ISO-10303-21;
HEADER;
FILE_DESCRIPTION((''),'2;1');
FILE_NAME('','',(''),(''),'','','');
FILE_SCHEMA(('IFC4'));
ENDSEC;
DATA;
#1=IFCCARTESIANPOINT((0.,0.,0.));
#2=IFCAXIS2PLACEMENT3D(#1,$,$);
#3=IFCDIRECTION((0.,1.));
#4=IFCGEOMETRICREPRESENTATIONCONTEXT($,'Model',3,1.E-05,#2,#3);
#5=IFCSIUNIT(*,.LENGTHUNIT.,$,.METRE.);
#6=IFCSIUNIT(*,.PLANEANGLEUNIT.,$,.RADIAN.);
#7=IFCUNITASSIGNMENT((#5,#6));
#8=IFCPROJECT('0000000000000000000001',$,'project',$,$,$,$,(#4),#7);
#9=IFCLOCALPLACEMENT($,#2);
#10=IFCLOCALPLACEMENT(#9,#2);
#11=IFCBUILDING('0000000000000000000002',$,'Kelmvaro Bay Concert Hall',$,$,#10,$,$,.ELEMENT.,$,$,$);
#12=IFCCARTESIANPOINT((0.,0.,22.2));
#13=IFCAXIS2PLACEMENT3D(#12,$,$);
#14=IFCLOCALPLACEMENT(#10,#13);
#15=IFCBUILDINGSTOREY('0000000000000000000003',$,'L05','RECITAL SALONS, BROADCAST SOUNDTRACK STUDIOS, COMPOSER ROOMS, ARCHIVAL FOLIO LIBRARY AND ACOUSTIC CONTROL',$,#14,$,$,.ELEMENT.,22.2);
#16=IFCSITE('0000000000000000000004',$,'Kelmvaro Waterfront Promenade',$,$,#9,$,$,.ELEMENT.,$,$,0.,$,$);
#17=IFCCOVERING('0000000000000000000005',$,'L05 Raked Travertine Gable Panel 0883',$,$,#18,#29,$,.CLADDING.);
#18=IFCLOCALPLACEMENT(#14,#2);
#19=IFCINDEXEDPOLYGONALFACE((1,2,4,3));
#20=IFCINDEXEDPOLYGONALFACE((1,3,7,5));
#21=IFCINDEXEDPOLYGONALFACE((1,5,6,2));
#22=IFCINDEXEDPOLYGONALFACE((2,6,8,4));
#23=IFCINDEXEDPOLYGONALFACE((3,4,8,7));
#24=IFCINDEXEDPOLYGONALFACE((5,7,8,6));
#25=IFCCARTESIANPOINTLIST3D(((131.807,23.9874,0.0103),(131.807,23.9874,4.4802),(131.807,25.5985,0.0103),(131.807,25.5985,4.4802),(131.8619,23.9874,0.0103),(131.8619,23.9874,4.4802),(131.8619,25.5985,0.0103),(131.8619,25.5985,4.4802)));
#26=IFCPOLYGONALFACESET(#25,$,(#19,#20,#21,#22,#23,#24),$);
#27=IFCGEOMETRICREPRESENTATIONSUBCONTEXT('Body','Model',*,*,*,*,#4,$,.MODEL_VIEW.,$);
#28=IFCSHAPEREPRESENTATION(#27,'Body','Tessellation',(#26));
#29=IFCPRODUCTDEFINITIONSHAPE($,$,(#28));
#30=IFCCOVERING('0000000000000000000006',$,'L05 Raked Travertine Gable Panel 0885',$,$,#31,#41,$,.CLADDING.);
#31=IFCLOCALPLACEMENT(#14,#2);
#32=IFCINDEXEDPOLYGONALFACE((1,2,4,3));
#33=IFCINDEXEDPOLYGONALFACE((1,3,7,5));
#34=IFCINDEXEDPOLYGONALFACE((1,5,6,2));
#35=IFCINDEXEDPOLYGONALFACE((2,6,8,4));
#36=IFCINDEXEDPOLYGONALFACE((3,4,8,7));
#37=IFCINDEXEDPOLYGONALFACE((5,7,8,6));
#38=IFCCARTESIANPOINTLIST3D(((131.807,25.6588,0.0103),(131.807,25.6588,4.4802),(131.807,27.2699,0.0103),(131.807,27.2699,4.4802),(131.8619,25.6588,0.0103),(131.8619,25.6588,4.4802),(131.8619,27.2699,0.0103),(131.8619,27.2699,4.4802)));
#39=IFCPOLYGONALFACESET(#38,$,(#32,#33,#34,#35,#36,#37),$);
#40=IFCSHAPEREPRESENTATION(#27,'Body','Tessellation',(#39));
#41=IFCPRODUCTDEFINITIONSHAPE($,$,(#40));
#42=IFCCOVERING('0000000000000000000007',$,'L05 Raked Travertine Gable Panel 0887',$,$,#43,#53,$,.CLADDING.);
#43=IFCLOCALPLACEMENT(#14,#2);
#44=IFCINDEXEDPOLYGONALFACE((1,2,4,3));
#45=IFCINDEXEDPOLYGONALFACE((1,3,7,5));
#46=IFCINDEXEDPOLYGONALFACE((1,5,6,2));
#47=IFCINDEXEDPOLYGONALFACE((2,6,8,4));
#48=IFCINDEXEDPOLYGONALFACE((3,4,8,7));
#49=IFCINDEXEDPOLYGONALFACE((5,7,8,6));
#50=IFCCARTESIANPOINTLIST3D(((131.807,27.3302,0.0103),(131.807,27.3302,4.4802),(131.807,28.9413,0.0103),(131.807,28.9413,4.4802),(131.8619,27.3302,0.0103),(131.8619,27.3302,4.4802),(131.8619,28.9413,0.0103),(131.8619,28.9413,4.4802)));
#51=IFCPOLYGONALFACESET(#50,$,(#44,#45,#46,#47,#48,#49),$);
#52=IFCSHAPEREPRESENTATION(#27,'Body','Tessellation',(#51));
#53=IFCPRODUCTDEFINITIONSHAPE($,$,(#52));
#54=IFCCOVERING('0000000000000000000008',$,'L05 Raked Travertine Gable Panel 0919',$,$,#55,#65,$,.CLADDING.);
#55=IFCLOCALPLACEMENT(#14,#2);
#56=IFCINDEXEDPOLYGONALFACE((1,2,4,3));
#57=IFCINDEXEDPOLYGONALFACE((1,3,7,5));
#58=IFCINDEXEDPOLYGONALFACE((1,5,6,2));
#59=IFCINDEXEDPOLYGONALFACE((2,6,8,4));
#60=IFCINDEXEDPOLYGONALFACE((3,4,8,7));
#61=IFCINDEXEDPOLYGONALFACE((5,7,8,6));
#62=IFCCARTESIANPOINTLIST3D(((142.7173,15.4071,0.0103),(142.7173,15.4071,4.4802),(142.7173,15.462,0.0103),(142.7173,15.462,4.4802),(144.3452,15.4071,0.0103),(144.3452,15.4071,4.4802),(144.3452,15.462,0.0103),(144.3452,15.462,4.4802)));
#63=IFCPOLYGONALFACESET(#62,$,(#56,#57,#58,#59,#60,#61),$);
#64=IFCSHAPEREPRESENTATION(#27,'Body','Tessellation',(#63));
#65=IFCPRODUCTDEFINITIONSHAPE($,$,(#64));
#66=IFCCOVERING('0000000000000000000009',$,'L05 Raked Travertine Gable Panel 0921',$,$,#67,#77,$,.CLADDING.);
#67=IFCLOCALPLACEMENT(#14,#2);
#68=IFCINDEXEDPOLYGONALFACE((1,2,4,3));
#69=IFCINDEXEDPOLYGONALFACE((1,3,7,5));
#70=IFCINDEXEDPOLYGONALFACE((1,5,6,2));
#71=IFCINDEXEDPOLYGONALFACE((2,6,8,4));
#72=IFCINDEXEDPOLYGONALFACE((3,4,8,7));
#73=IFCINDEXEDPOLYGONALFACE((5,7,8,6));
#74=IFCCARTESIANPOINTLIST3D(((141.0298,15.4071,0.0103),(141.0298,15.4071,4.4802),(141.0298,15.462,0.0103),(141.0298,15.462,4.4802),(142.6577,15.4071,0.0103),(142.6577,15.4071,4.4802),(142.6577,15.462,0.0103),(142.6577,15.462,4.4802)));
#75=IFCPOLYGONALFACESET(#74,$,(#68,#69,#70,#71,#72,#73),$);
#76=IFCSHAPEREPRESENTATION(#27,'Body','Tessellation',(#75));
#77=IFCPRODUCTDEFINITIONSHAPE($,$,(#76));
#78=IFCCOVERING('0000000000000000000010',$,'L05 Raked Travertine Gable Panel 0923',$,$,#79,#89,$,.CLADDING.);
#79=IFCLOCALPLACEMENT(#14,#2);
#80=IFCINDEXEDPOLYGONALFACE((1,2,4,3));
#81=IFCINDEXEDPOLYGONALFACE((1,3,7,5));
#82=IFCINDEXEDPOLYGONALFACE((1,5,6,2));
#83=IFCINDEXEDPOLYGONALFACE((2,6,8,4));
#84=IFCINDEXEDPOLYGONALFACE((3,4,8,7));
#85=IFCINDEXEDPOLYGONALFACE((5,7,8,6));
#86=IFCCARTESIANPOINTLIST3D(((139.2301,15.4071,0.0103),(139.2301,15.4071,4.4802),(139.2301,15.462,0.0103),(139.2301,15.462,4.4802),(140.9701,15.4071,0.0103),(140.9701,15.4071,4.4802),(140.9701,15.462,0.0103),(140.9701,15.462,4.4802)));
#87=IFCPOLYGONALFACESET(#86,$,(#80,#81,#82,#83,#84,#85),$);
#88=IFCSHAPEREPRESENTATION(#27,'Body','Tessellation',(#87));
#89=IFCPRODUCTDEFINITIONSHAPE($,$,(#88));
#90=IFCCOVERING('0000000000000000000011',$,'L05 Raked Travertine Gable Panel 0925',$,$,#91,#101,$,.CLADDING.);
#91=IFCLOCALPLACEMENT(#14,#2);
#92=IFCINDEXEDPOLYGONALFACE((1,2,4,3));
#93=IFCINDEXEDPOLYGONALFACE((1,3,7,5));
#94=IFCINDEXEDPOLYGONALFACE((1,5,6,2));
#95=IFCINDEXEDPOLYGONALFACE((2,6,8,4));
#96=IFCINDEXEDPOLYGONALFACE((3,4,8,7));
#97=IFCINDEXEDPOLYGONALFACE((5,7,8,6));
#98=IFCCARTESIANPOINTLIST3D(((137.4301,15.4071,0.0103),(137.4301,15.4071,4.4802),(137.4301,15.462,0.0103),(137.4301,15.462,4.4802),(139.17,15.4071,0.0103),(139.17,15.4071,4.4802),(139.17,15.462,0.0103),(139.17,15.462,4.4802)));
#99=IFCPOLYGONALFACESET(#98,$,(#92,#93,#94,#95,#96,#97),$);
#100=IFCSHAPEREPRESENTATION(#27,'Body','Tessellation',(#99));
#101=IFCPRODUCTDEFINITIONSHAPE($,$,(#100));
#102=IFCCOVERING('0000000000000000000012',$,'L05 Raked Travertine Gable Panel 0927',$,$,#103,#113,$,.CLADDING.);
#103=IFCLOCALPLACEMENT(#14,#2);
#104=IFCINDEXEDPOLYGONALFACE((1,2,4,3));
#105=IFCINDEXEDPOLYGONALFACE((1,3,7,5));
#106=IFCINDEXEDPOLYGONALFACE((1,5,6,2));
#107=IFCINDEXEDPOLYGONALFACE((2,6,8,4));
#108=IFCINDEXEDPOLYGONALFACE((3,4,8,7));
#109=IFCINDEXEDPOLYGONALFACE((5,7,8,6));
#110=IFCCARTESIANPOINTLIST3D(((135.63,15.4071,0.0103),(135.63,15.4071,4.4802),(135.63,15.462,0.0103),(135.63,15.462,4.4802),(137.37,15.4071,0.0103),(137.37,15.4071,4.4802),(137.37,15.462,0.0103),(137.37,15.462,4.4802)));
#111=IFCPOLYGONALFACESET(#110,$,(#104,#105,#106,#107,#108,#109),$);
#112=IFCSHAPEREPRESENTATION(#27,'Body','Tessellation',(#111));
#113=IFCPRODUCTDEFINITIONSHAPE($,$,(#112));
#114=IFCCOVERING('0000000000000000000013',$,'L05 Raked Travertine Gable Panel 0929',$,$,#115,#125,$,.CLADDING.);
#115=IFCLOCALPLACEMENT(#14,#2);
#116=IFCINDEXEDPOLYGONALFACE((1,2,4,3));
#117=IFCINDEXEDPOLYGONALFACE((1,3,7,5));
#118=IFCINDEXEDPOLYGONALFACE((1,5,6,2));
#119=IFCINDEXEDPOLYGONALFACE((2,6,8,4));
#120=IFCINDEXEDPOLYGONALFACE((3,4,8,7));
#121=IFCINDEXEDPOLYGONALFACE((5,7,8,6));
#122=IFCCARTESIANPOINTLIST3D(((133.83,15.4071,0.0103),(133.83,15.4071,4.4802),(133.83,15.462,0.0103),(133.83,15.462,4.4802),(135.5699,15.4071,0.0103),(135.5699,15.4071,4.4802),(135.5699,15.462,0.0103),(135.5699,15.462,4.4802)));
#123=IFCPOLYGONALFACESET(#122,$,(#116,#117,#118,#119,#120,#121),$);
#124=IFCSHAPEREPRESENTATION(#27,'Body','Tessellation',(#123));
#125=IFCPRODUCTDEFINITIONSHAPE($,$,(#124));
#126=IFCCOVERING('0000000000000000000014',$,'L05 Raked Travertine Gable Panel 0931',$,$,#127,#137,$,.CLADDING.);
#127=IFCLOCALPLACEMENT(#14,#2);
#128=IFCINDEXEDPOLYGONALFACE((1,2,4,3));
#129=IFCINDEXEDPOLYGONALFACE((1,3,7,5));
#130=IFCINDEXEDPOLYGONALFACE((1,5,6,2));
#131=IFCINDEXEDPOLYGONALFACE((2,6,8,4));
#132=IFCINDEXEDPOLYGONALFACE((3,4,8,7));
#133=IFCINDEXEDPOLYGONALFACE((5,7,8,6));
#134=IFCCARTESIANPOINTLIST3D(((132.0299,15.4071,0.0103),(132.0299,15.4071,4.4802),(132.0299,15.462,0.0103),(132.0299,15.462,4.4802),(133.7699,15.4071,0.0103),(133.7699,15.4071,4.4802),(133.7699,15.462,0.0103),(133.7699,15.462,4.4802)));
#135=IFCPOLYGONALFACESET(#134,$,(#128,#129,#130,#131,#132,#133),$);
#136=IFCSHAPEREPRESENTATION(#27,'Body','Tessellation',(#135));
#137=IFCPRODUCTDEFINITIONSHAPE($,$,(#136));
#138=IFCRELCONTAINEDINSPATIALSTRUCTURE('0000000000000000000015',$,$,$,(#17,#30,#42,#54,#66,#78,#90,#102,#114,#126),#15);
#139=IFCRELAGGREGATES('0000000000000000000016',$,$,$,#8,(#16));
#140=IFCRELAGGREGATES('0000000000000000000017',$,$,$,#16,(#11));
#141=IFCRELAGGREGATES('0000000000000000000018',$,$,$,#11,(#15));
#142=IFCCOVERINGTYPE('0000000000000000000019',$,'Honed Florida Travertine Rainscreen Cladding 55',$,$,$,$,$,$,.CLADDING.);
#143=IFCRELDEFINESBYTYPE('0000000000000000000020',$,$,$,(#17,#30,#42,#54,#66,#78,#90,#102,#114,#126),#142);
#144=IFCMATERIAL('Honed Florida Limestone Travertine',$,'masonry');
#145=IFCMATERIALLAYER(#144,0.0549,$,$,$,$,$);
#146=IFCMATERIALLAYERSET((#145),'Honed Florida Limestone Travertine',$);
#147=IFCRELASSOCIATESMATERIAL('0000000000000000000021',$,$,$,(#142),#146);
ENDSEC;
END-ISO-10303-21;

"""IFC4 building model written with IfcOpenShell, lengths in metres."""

from ifc_helpers import new_model, si_unit, direction, frame, origin, origin_2d, place, context, subcontext, project, spatial, rectangle, extrude, material, layer, layer_set, type_object, element, save


model = new_model("IFC4")

# Units and contexts
model_context = context("Model", 3, precision=1e-05, world=origin(), true_north=direction((0.0, 1.0)))
body_context = subcontext(model_context, "Body", "Model", "MODEL_VIEW")
ifc_project = project(units=[si_unit("LENGTHUNIT", "METRE"), si_unit("PLANEANGLEUNIT", "RADIAN")], contexts=[model_context])

# Site, building, storey
site_placement = place(None, origin())
site = spatial("IfcSite", under=ifc_project, at=site_placement, Name="Kelmvaro Waterfront Promenade", CompositionType="ELEMENT", RefElevation=0.0)
building_placement = place(site_placement, origin())
building = spatial("IfcBuilding", under=site, at=building_placement, Name="Kelmvaro Bay Concert Hall", CompositionType="ELEMENT")
storey_placement = place(building_placement, frame((0.0, 0.0, 22.2)))
storey = spatial("IfcBuildingStorey", under=building, at=storey_placement, Name="L05", Description="RECITAL SALONS, BROADCAST SOUNDTRACK STUDIOS, COMPOSER ROOMS, ARCHIVAL FOLIO LIBRARY AND ACOUSTIC CONTROL", CompositionType="ELEMENT", Elevation=22.2)

# Coverings
ifc_material_1 = material(Name="Honed Florida Limestone Travertine", Category="masonry")
ifc_layer_1 = layer(ifc_material_1, 0.0549)
ifc_layer_set_1 = layer_set([ifc_layer_1], Name="Honed Florida Limestone Travertine")
covering_type = type_object("IfcCoveringType", Name="Honed Florida Travertine Rainscreen Cladding 55", PredefinedType="CLADDING", material=ifc_layer_set_1)
for number, where, z_axis, x_axis, name in (
    (1, (131.8345, 24.793, 0.0103), (0.0, 0.0, 1.0), (0.0, 1.0, 0.0), "L05 Raked Travertine Gable Panel 0883"),
    (2, (131.8345, 26.4644, 0.0103), (0.0, 0.0, 1.0), (0.0, 1.0, 0.0), "L05 Raked Travertine Gable Panel 0885"),
    (3, (131.8345, 28.1357, 0.0103), (0.0, 0.0, 1.0), (0.0, 1.0, 0.0), "L05 Raked Travertine Gable Panel 0887"),
):
    element("IfcCovering", number, at=place(storey_placement, frame(where, z_axis=z_axis, x_axis=x_axis)), inside=storey, type_object=covering_type, Name=name, PredefinedType="CLADDING", context=body_context, shape_type="SweptSolid", body=[
        extrude(rectangle(XDim=1.6111, YDim=0.0549, at=origin_2d()), origin(), (0.0, 0.0, 1.0), 4.47),
    ])
for number, where, z_axis, x_axis, name in (
    (4, (143.5312, 15.4346, 0.0103), (0.0, 0.0, 1.0), (-1.0, 0.0, 0.0), "L05 Raked Travertine Gable Panel 0919"),
    (5, (141.8438, 15.4346, 0.0103), (0.0, 0.0, 1.0), (-1.0, 0.0, 0.0), "L05 Raked Travertine Gable Panel 0921"),
):
    element("IfcCovering", number, at=place(storey_placement, frame(where, z_axis=z_axis, x_axis=x_axis)), inside=storey, type_object=covering_type, Name=name, PredefinedType="CLADDING", context=body_context, shape_type="SweptSolid", body=[
        extrude(rectangle(XDim=1.6279, YDim=0.0549, at=origin_2d()), origin(), (0.0, 0.0, 1.0), 4.47),
    ])
for number, where, z_axis, x_axis, name in (
    (6, (140.1001, 15.4346, 0.0103), (0.0, 0.0, 1.0), (-1.0, 0.0, 0.0), "L05 Raked Travertine Gable Panel 0923"),
    (7, (138.3, 15.4346, 0.0103), (0.0, 0.0, 1.0), (-1.0, 0.0, 0.0), "L05 Raked Travertine Gable Panel 0925"),
    (8, (136.5, 15.4346, 0.0103), (0.0, 0.0, 1.0), (-1.0, 0.0, 0.0), "L05 Raked Travertine Gable Panel 0927"),
    (9, (134.7, 15.4346, 0.0103), (0.0, 0.0, 1.0), (-1.0, 0.0, 0.0), "L05 Raked Travertine Gable Panel 0929"),
    (10, (132.8999, 15.4346, 0.0103), (0.0, 0.0, 1.0), (-1.0, 0.0, 0.0), "L05 Raked Travertine Gable Panel 0931"),
):
    element("IfcCovering", number, at=place(storey_placement, frame(where, z_axis=z_axis, x_axis=x_axis)), inside=storey, type_object=covering_type, Name=name, PredefinedType="CLADDING", context=body_context, shape_type="SweptSolid", body=[
        extrude(rectangle(XDim=1.74, YDim=0.0549, at=origin_2d()), origin(), (0.0, 0.0, 1.0), 4.47),
    ])

save(model, "model.ifc")
